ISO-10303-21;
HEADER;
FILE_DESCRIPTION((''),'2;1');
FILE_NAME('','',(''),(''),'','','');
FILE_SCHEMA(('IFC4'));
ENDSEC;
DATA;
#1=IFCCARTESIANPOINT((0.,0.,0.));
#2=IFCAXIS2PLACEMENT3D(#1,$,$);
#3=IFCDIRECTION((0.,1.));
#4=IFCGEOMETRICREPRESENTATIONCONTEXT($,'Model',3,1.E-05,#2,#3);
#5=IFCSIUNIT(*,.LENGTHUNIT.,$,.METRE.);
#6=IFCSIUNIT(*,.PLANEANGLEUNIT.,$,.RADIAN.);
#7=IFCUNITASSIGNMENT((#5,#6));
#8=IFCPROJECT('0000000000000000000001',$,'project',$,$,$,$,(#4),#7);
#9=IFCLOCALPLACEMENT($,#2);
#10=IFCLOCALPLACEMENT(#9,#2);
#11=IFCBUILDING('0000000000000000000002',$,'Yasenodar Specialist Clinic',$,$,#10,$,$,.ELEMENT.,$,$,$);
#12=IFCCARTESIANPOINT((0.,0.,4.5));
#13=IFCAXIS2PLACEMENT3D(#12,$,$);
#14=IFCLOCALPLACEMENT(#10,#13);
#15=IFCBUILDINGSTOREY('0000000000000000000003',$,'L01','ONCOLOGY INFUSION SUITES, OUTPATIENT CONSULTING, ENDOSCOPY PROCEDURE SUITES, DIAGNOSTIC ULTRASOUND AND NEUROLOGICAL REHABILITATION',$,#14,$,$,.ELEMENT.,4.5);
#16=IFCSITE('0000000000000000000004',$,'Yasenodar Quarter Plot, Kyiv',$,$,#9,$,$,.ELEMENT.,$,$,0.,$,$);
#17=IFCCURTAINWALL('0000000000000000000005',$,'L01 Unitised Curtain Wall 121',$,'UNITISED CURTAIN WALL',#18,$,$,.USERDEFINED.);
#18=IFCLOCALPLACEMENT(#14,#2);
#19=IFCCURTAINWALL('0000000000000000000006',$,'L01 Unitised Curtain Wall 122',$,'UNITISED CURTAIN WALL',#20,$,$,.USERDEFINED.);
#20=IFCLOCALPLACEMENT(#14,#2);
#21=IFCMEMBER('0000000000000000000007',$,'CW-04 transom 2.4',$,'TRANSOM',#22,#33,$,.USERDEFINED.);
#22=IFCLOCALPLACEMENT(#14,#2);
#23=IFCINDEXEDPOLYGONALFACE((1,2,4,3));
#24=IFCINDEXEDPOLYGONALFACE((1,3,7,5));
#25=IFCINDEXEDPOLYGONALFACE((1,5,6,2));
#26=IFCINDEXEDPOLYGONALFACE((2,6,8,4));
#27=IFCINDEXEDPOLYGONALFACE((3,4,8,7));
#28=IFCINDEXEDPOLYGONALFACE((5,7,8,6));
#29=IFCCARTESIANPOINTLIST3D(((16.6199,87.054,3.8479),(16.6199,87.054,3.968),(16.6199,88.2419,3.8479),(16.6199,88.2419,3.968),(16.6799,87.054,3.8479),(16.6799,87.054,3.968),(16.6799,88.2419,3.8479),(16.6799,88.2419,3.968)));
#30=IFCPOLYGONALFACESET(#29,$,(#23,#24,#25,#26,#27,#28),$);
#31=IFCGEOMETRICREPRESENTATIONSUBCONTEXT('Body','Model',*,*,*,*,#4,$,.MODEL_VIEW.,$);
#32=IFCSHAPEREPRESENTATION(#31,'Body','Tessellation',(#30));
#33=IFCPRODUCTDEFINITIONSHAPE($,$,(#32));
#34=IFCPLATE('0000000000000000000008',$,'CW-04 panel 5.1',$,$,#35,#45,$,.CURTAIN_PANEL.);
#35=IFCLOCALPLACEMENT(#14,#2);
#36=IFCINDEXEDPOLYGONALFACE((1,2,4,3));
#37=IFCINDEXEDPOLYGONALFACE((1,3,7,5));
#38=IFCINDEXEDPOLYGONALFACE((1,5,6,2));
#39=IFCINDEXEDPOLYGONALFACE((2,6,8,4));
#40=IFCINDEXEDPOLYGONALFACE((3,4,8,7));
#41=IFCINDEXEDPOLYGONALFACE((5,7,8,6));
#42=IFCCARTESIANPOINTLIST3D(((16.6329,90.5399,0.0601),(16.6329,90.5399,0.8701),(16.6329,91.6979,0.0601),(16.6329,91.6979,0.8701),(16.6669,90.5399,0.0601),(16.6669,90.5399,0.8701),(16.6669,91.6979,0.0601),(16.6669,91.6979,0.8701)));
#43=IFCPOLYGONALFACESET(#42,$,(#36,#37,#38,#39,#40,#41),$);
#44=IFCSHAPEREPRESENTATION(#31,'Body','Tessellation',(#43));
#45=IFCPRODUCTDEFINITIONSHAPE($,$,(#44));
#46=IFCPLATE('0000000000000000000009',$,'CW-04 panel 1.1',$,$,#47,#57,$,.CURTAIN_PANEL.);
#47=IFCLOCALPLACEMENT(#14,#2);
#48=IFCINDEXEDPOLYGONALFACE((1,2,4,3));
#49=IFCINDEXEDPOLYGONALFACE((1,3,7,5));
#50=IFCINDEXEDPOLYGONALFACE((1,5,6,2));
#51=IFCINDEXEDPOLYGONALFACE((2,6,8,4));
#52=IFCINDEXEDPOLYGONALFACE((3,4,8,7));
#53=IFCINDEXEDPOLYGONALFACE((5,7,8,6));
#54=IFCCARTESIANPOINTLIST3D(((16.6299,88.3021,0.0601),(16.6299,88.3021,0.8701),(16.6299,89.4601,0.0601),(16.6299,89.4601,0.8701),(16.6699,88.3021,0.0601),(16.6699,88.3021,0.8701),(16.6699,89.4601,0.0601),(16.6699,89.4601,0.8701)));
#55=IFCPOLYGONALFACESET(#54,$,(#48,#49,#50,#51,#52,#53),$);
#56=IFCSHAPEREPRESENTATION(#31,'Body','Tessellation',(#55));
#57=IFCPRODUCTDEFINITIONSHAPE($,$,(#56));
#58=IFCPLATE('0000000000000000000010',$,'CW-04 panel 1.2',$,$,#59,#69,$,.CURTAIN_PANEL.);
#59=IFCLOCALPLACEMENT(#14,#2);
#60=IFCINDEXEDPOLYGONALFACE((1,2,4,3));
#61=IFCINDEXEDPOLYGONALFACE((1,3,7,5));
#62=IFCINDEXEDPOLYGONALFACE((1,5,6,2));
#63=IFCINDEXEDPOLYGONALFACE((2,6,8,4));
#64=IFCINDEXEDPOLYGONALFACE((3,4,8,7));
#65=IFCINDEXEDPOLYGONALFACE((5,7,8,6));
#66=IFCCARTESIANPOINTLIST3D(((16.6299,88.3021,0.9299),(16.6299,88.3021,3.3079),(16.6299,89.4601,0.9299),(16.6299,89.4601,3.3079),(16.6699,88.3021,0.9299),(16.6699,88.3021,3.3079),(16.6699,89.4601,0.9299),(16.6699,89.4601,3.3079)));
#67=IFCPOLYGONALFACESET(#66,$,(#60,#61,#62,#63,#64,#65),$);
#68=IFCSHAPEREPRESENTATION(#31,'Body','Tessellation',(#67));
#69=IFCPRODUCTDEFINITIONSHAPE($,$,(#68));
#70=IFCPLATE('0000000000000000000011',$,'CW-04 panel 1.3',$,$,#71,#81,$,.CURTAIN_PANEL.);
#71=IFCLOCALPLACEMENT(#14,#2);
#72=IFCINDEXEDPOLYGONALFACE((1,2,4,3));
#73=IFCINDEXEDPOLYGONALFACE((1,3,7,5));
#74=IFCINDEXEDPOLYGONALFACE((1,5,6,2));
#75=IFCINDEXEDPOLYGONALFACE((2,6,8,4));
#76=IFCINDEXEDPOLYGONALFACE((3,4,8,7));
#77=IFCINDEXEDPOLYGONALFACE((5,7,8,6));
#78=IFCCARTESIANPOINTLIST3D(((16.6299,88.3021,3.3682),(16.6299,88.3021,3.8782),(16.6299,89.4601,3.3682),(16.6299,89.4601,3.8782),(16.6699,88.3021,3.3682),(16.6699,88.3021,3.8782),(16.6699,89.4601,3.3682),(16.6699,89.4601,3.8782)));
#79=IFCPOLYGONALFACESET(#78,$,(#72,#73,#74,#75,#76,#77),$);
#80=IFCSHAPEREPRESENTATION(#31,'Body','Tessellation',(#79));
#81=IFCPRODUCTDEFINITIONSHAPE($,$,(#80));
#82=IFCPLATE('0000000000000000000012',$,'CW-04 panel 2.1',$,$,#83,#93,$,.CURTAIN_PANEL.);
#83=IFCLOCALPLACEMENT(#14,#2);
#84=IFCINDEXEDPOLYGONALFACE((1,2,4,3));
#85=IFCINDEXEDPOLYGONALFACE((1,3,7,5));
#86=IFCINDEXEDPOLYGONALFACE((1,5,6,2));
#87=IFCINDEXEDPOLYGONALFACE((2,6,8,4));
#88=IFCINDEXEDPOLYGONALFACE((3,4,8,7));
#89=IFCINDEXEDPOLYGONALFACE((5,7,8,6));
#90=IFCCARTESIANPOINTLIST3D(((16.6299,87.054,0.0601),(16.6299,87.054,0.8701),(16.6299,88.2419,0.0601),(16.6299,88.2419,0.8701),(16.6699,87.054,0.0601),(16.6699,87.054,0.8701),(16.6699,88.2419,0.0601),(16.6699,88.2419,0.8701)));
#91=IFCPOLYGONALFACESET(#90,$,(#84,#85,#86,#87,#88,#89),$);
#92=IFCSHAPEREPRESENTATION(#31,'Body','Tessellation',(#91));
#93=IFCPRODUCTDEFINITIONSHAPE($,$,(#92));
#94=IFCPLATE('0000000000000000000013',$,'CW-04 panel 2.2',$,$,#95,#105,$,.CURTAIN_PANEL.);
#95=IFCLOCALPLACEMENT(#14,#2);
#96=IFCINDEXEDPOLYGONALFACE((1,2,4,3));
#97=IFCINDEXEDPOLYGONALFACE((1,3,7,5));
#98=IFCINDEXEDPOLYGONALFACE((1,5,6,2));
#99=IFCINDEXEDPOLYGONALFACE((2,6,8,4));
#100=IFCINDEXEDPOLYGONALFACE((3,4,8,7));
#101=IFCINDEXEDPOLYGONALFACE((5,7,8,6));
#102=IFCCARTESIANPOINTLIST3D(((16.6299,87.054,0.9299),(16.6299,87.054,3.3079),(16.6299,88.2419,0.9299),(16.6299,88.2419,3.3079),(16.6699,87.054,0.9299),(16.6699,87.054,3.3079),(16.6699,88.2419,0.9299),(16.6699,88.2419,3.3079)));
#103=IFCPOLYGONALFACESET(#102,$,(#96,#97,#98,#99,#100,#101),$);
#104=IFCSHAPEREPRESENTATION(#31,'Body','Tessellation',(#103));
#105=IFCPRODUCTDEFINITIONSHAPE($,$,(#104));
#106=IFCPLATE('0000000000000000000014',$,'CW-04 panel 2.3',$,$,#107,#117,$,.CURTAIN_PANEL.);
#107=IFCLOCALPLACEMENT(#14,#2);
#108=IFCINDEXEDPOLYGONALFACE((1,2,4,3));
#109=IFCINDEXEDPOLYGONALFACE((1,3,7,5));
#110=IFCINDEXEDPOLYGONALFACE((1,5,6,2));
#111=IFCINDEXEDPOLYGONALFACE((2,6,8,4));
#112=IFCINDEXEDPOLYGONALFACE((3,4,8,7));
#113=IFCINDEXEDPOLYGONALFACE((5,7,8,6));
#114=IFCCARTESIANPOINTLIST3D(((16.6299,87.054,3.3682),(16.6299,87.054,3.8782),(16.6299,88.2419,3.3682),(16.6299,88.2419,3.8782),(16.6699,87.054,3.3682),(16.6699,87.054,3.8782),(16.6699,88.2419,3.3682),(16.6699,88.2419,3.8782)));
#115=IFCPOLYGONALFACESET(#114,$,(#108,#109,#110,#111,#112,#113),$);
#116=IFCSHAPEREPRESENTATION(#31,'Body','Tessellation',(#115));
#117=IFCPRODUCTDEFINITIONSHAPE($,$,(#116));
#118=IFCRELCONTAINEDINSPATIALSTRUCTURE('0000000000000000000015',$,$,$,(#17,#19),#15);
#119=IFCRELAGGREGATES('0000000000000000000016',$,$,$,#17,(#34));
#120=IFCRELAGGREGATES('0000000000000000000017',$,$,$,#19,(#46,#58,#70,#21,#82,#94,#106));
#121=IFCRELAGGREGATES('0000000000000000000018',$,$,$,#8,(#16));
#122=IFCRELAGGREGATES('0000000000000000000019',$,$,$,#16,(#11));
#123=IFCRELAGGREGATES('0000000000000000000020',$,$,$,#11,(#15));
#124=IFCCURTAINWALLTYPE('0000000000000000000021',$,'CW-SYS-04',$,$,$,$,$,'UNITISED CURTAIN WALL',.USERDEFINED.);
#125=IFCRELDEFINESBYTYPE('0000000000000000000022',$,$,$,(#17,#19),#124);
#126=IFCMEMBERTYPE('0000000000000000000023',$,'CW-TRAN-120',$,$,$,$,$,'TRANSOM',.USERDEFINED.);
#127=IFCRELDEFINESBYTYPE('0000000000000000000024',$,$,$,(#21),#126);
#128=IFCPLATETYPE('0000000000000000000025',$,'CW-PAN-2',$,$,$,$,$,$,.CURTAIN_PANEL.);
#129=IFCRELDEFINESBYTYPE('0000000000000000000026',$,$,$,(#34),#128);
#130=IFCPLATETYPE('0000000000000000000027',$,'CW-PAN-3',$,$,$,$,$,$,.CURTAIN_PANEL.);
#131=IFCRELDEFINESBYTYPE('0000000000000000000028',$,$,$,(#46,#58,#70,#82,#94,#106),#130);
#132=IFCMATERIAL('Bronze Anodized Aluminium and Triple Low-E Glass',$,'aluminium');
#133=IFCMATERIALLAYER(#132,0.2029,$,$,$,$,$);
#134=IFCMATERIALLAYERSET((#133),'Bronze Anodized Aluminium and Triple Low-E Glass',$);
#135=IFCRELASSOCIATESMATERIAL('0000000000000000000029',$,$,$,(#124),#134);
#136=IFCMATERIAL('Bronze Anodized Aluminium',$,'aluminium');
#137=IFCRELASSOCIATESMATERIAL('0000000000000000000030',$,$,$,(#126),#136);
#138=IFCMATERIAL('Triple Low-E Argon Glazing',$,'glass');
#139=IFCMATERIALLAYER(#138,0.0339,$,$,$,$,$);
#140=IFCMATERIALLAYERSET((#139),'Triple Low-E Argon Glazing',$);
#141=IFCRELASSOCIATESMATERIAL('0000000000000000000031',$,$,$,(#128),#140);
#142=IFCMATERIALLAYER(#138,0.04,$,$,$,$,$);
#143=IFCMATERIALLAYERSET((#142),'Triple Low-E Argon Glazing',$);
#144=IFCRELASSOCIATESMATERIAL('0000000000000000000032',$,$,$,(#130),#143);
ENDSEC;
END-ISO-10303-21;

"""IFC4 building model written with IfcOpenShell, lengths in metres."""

from ifc_helpers import new_model, si_unit, direction, frame, origin, origin_2d, place, context, subcontext, project, spatial, rectangle, extrude, material, layer, layer_set, material_profile, profile_set, type_object, element, aggregate, save


model = new_model("IFC4")

# Units and contexts
model_context = context("Model", 3, precision=1e-05, world=origin(), true_north=direction((0.0, 1.0)))
body_context = subcontext(model_context, "Body", "Model", "MODEL_VIEW")
ifc_project = project(units=[si_unit("LENGTHUNIT", "METRE"), si_unit("PLANEANGLEUNIT", "RADIAN")], contexts=[model_context])

# Site, building, storey
site_placement = place(None, origin())
site = spatial("IfcSite", under=ifc_project, at=site_placement, Name="Yasenodar Quarter Plot, Kyiv", CompositionType="ELEMENT", RefElevation=0.0)
building_placement = place(site_placement, origin())
building = spatial("IfcBuilding", under=site, at=building_placement, Name="Yasenodar Specialist Clinic", CompositionType="ELEMENT")
storey_placement = place(building_placement, frame((0.0, 0.0, 4.5)))
storey = spatial("IfcBuildingStorey", under=building, at=storey_placement, Name="L01", Description="ONCOLOGY INFUSION SUITES, OUTPATIENT CONSULTING, ENDOSCOPY PROCEDURE SUITES, DIAGNOSTIC ULTRASOUND AND NEUROLOGICAL REHABILITATION", CompositionType="ELEMENT", Elevation=4.5)

# Curtain wall
ifc_material_1 = material(Name="Bronze Anodized Aluminium and Triple Low-E Glass", Category="aluminium")
ifc_layer_1 = layer(ifc_material_1, 0.2029)
ifc_layer_set_1 = layer_set([ifc_layer_1], Name="Bronze Anodized Aluminium and Triple Low-E Glass")
curtain_wall_type = type_object("IfcCurtainWallType", Name="CW-SYS-04", ElementType="UNITISED CURTAIN WALL", PredefinedType="USERDEFINED", material=ifc_layer_set_1)
curtain_wall_1_placement = place(storey_placement, origin())
curtain_wall_1 = element("IfcCurtainWall", 1, at=curtain_wall_1_placement, inside=storey, type_object=curtain_wall_type, Name="L01 Unitised Curtain Wall 121", ObjectType="UNITISED CURTAIN WALL", PredefinedType="USERDEFINED")
ifc_material_2 = material(Name="Bronze Anodized Aluminium", Category="aluminium")

# Curtain wall, member
curtain_wall_2_placement = place(storey_placement, origin())
curtain_wall_2 = element("IfcCurtainWall", 2, at=curtain_wall_2_placement, inside=storey, type_object=curtain_wall_type, Name="L01 Unitised Curtain Wall 122", ObjectType="UNITISED CURTAIN WALL", PredefinedType="USERDEFINED")
ifc_material_profile_1 = material_profile(ifc_material_2, rectangle(XDim=0.0601, YDim=0.1201, at=origin_2d()), Name="CW-TRAN 60x120")
ifc_profile_set_1 = profile_set([ifc_material_profile_1], Name="Bronze Anodized Aluminium")
member_type_1 = type_object("IfcMemberType", Name="CW-TRAN-120", ElementType="TRANSOM", PredefinedType="USERDEFINED", material=ifc_profile_set_1)
member_1_placement = place(storey_placement, frame((16.6499, 88.2419, 3.908), z_axis=(0.0, -1.0, 0.0), x_axis=(1.0, 0.0, 0.0)))
member_1 = element("IfcMember", 3, at=member_1_placement, type_object=member_type_1, Name="CW-04 transom 2.4", ObjectType="TRANSOM", PredefinedType="USERDEFINED", context=body_context, shape_type="SweptSolid", body=[
    extrude(rectangle(XDim=0.0601, YDim=0.1201, at=origin_2d()), origin(), (0.0, 0.0, 1.0), 1.188),
])

# Plates
ifc_material_3 = material(Name="Triple Low-E Argon Glazing", Category="glass")
ifc_layer_2 = layer(ifc_material_3, 0.0339)
ifc_layer_set_2 = layer_set([ifc_layer_2], Name="Triple Low-E Argon Glazing")
plate_type_1 = type_object("IfcPlateType", Name="CW-PAN-2", PredefinedType="CURTAIN_PANEL", material=ifc_layer_set_2)
plate_1_placement = place(storey_placement, frame((16.6499, 91.1189, 0.0601), z_axis=(0.0, 0.0, 1.0), x_axis=(0.0, -1.0, 0.0)))
plate_1 = element("IfcPlate", 4, at=plate_1_placement, type_object=plate_type_1, Name="CW-04 panel 5.1", PredefinedType="CURTAIN_PANEL", context=body_context, shape_type="SweptSolid", body=[
    extrude(rectangle(XDim=1.158, YDim=0.0339, at=origin_2d()), origin(), (0.0, 0.0, 1.0), 0.8101),
])
aggregate(curtain_wall_1, [plate_1])
ifc_layer_3 = layer(ifc_material_3, 0.04)
ifc_layer_set_3 = layer_set([ifc_layer_3], Name="Triple Low-E Argon Glazing")
plate_type_2 = type_object("IfcPlateType", Name="CW-PAN-3", PredefinedType="CURTAIN_PANEL", material=ifc_layer_set_3)
plate_2_placement = place(storey_placement, frame((16.6499, 88.8811, 0.0601), z_axis=(0.0, 0.0, 1.0), x_axis=(0.0, -1.0, 0.0)))
plate_2 = element("IfcPlate", 5, at=plate_2_placement, type_object=plate_type_2, Name="CW-04 panel 1.1", PredefinedType="CURTAIN_PANEL", context=body_context, shape_type="SweptSolid", body=[
    extrude(rectangle(XDim=1.158, YDim=0.04, at=origin_2d()), origin(), (0.0, 0.0, 1.0), 0.8101),
])
plate_3_placement = place(storey_placement, frame((16.6499, 88.8811, 0.9299), z_axis=(0.0, 0.0, 1.0), x_axis=(0.0, -1.0, 0.0)))
plate_3 = element("IfcPlate", 6, at=plate_3_placement, type_object=plate_type_2, Name="CW-04 panel 1.2", PredefinedType="CURTAIN_PANEL", context=body_context, shape_type="SweptSolid", body=[
    extrude(rectangle(XDim=1.158, YDim=0.04, at=origin_2d()), origin(), (0.0, 0.0, 1.0), 2.3779),
])
plate_4_placement = place(storey_placement, frame((16.6499, 88.8811, 3.3682), z_axis=(0.0, 0.0, 1.0), x_axis=(0.0, -1.0, 0.0)))
plate_4 = element("IfcPlate", 7, at=plate_4_placement, type_object=plate_type_2, Name="CW-04 panel 1.3", PredefinedType="CURTAIN_PANEL", context=body_context, shape_type="SweptSolid", body=[
    extrude(rectangle(XDim=1.158, YDim=0.04, at=origin_2d()), origin(), (0.0, 0.0, 1.0), 0.51),
])
plate_5_placement = place(storey_placement, frame((16.6499, 87.6479, 0.0601), z_axis=(0.0, 0.0, 1.0), x_axis=(0.0, -1.0, 0.0)))
plate_5 = element("IfcPlate", 8, at=plate_5_placement, type_object=plate_type_2, Name="CW-04 panel 2.1", PredefinedType="CURTAIN_PANEL", context=body_context, shape_type="SweptSolid", body=[
    extrude(rectangle(XDim=1.188, YDim=0.04, at=origin_2d()), origin(), (0.0, 0.0, 1.0), 0.8101),
])
plate_6_placement = place(storey_placement, frame((16.6499, 87.6479, 0.9299), z_axis=(0.0, 0.0, 1.0), x_axis=(0.0, -1.0, 0.0)))
plate_6 = element("IfcPlate", 9, at=plate_6_placement, type_object=plate_type_2, Name="CW-04 panel 2.2", PredefinedType="CURTAIN_PANEL", context=body_context, shape_type="SweptSolid", body=[
    extrude(rectangle(XDim=1.188, YDim=0.04, at=origin_2d()), origin(), (0.0, 0.0, 1.0), 2.3779),
])
plate_7_placement = place(storey_placement, frame((16.6499, 87.6479, 3.3682), z_axis=(0.0, 0.0, 1.0), x_axis=(0.0, -1.0, 0.0)))
plate_7 = element("IfcPlate", 10, at=plate_7_placement, type_object=plate_type_2, Name="CW-04 panel 2.3", PredefinedType="CURTAIN_PANEL", context=body_context, shape_type="SweptSolid", body=[
    extrude(rectangle(XDim=1.188, YDim=0.04, at=origin_2d()), origin(), (0.0, 0.0, 1.0), 0.51),
])
aggregate(curtain_wall_2, [plate_2, plate_3, plate_4, member_1, plate_5, plate_6, plate_7])

save(model, "model.ifc")
